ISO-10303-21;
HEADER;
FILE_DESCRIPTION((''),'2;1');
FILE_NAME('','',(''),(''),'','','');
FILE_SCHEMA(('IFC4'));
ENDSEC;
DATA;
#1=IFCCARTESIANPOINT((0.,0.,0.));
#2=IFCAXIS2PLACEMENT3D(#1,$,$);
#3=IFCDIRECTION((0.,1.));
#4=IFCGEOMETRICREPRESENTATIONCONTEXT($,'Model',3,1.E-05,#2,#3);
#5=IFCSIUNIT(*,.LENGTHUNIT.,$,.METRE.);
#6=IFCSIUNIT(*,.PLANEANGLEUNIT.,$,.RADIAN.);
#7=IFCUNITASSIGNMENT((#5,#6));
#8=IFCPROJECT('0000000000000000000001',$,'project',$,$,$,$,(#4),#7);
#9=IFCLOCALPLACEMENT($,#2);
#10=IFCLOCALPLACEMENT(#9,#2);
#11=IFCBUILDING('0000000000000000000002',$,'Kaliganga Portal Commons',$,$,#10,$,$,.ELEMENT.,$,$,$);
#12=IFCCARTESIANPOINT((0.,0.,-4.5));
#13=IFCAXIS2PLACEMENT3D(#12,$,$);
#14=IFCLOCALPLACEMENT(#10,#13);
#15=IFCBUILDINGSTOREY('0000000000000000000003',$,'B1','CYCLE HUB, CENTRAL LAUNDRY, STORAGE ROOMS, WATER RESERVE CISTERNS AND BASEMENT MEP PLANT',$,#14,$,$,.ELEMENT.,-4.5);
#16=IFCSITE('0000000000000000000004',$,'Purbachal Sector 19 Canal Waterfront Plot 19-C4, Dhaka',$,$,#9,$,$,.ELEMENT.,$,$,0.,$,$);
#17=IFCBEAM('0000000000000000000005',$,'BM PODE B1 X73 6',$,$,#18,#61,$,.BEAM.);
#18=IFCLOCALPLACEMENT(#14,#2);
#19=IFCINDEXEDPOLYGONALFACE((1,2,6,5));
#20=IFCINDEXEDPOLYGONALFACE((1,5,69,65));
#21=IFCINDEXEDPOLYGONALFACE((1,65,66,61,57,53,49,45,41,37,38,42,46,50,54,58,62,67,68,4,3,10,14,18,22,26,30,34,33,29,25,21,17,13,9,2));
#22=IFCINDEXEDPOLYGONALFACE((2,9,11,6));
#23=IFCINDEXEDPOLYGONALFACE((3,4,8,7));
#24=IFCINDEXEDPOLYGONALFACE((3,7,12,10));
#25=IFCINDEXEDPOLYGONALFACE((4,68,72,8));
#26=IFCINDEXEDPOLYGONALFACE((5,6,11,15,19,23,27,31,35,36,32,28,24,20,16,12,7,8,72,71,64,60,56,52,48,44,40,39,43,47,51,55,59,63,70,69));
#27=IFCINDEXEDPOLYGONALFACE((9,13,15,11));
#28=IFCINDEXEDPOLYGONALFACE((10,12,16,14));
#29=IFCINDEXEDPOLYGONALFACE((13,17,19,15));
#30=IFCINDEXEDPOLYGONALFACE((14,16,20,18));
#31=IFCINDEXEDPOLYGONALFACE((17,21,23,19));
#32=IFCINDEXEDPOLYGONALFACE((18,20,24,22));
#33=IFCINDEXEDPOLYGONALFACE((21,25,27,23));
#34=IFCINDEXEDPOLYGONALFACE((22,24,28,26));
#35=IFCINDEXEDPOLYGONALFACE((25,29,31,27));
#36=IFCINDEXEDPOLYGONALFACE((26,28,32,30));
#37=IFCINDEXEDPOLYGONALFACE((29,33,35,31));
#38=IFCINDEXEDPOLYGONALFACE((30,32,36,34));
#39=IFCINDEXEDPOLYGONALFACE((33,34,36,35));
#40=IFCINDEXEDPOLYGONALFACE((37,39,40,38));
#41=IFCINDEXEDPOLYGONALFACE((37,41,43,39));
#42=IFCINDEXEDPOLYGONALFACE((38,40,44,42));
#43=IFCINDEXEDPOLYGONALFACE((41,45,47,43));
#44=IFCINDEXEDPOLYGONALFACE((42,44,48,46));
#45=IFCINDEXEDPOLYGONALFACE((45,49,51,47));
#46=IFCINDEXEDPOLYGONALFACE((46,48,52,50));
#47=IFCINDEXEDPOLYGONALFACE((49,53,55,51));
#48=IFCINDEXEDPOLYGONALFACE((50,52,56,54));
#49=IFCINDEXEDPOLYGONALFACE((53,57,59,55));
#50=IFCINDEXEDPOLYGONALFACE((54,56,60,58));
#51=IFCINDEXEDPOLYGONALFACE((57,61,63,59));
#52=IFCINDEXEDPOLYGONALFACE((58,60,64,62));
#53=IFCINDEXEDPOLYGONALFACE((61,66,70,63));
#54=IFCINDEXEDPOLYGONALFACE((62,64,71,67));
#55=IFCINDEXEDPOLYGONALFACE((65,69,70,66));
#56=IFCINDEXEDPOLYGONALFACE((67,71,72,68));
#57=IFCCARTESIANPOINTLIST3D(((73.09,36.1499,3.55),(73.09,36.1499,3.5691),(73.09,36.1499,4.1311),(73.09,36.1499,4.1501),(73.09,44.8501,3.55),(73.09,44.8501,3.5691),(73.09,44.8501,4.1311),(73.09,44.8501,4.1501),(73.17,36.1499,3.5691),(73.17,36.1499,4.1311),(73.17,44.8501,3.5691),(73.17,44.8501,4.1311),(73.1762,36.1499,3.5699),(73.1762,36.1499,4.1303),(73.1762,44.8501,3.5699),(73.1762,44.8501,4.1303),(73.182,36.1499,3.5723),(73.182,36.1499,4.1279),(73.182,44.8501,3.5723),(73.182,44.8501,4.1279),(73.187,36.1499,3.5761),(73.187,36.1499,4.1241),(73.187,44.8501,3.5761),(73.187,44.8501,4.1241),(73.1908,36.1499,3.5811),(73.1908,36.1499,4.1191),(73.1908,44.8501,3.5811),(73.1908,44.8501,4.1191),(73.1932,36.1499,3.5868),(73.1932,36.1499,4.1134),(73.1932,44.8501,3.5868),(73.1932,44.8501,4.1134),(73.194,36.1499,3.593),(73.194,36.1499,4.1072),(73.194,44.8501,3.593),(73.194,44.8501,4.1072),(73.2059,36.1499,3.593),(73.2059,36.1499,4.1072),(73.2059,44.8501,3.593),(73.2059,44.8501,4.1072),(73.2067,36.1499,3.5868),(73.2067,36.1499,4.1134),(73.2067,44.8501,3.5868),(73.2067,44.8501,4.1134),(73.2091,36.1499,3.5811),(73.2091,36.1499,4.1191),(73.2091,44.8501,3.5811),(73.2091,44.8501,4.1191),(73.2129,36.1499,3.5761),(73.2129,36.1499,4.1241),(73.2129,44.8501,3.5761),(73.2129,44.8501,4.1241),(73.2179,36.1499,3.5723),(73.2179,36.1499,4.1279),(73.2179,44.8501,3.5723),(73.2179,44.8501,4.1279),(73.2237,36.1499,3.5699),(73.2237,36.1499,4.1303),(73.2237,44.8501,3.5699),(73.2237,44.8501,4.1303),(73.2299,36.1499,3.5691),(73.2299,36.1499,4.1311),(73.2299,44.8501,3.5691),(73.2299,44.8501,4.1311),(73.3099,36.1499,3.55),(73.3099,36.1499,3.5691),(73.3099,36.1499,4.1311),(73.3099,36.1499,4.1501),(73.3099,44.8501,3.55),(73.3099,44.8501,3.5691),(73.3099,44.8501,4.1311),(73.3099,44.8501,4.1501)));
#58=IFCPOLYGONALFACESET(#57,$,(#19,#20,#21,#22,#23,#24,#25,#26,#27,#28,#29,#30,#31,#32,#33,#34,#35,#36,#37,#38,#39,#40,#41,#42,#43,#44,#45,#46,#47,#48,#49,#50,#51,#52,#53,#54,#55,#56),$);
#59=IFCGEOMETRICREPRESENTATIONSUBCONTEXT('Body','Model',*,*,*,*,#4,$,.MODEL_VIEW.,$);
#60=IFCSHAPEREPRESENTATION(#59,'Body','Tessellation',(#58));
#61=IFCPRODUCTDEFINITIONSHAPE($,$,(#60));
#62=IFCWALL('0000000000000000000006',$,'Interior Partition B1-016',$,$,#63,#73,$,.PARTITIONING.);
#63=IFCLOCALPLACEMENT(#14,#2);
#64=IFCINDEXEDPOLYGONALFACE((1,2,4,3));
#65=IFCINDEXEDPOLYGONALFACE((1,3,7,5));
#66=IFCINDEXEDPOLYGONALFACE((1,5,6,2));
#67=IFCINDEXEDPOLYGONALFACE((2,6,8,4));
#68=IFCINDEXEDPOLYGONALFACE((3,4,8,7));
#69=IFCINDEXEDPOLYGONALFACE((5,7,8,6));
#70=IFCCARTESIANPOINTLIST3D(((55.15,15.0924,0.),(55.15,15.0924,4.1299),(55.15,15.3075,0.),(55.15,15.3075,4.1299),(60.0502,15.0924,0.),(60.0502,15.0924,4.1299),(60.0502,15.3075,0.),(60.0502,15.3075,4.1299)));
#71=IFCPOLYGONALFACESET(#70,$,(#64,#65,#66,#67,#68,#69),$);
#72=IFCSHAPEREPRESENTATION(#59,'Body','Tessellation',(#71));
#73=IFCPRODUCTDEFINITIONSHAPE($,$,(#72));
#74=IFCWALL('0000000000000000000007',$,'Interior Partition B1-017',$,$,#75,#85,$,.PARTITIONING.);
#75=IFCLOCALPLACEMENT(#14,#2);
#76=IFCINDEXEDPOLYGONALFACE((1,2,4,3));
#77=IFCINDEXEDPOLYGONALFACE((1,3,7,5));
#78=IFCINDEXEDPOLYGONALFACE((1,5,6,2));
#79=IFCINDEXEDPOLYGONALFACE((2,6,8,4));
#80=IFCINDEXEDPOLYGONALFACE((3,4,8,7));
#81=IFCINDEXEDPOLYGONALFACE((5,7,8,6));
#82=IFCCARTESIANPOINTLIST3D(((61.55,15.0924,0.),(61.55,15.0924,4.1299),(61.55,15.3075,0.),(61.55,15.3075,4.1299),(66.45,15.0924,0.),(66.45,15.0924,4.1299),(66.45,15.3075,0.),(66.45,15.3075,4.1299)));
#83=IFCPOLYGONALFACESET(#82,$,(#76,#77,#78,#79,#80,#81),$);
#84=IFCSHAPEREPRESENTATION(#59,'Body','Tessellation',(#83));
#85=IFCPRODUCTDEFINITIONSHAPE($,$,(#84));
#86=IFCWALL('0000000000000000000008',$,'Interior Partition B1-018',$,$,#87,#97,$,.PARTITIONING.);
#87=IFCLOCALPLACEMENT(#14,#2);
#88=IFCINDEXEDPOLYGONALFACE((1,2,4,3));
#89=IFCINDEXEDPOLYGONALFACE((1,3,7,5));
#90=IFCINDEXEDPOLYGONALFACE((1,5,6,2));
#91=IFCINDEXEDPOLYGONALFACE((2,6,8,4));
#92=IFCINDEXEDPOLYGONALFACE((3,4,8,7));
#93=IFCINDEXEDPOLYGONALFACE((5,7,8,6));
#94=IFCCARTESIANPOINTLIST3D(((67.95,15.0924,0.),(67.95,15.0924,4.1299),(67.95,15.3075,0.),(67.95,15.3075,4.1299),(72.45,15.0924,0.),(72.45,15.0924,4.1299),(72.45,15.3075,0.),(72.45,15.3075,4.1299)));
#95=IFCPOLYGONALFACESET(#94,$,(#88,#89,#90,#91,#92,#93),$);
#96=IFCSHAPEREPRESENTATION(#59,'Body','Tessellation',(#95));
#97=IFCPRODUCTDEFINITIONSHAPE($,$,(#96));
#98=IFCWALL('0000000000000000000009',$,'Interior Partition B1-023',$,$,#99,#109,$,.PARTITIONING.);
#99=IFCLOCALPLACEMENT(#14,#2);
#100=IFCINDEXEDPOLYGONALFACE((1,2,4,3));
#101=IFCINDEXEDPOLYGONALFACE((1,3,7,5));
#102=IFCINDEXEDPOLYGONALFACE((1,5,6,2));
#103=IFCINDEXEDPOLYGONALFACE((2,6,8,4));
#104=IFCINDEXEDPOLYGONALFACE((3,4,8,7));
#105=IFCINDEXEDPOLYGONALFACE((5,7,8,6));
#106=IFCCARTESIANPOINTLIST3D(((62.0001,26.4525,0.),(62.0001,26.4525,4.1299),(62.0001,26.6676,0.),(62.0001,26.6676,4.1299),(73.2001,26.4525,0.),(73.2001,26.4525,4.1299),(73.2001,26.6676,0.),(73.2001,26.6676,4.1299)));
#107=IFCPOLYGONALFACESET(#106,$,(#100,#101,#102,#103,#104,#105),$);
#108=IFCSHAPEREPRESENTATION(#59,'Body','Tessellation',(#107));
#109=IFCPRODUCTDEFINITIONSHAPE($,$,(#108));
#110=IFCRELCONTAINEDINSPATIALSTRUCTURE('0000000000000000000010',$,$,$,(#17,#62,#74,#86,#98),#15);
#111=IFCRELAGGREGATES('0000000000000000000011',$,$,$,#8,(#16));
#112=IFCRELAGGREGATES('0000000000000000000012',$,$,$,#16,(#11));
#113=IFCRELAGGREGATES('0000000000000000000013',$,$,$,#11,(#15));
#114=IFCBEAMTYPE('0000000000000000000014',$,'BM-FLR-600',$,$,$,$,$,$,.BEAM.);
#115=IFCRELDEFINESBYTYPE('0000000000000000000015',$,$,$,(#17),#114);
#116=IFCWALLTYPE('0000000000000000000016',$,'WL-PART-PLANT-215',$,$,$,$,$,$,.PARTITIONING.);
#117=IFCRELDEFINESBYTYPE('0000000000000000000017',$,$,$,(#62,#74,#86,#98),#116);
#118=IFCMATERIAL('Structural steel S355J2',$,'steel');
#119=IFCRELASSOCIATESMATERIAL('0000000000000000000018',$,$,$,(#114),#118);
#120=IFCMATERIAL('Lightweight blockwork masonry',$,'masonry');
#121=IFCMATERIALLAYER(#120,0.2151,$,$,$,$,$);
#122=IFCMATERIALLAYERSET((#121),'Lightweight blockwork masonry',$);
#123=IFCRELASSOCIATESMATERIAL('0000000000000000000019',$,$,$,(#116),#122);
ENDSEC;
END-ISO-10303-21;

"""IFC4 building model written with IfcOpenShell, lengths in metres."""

from ifc_helpers import new_model, si_unit, direction, frame, frame_2d, origin, origin_2d, place, context, subcontext, project, spatial, rectangle, i_section, extrude, source, transform, mapped, material, layer, layer_set, material_profile, profile_set, type_object, element, save


model = new_model("IFC4")

# Units and contexts
model_context = context("Model", 3, precision=1e-05, world=origin(), true_north=direction((0.0, 1.0)))
body_context = subcontext(model_context, "Body", "Model", "MODEL_VIEW")
ifc_project = project(units=[si_unit("LENGTHUNIT", "METRE"), si_unit("PLANEANGLEUNIT", "RADIAN")], contexts=[model_context])

# Site, building, storey
site_placement = place(None, origin())
site = spatial("IfcSite", under=ifc_project, at=site_placement, Name="Purbachal Sector 19 Canal Waterfront Plot 19-C4, Dhaka", CompositionType="ELEMENT", RefElevation=0.0)
building_placement = place(site_placement, origin())
building = spatial("IfcBuilding", under=site, at=building_placement, Name="Kaliganga Portal Commons", CompositionType="ELEMENT")
storey_placement = place(building_placement, frame((0.0, 0.0, -4.5)))
storey = spatial("IfcBuildingStorey", under=building, at=storey_placement, Name="B1", Description="CYCLE HUB, CENTRAL LAUNDRY, STORAGE ROOMS, WATER RESERVE CISTERNS AND BASEMENT MEP PLANT", CompositionType="ELEMENT", Elevation=-4.5)

# Beam
ifc_material_1 = material(Name="Structural steel S355J2", Category="steel")
ifc_material_profile_1 = material_profile(ifc_material_1, i_section(OverallWidth=0.22, OverallDepth=0.6001, WebThickness=0.012, FlangeThickness=0.019, FilletRadius=0.0239, at=origin_2d()), Name="IPE 600")
ifc_profile_set_1 = profile_set([ifc_material_profile_1], Name="Structural steel S355J2 wide-flange")
beam_type_1 = type_object("IfcBeamType", Name="BM-FLR-600", PredefinedType="BEAM", material=ifc_profile_set_1)
shared_shape_1 = source(origin(), body_context, "Body", "SweptSolid", [
    extrude(i_section(OverallWidth=0.22, OverallDepth=0.6001, WebThickness=0.012, FlangeThickness=0.019, FilletRadius=0.0239, at=origin_2d()), origin(), (0.0, 0.0, 1.0), 8.7002),
])
for number, where, z_axis, x_axis, name in (
    (1, (73.2, 36.1499, 3.8501), (0.0, 1.0, 0.0), (-1.0, 0.0, 0.0), "BM PODE B1 X73 6"),
):
    element("IfcBeam", number, at=place(storey_placement, frame(where, z_axis=z_axis, x_axis=x_axis)), inside=storey, type_object=beam_type_1, Name=name, PredefinedType="BEAM", context=body_context, shape_type="MappedRepresentation", body=[
        mapped(shared_shape_1, transform((0.0, 0.0, 0.0), x_axis=(1.0, 0.0, 0.0), y_axis=(0.0, 1.0, 0.0), z_axis=(0.0, 0.0, 1.0), scale=1.0)),
    ])

# Walls
ifc_material_2 = material(Name="Lightweight blockwork masonry", Category="masonry")
ifc_layer = layer(ifc_material_2, 0.2151)
ifc_layer_set = layer_set([ifc_layer], Name="Lightweight blockwork masonry")
wall_type = type_object("IfcWallType", Name="WL-PART-PLANT-215", PredefinedType="PARTITIONING", material=ifc_layer_set)
wall_1_placement = place(storey_placement, frame((55.1499, 15.2, 0.0), z_axis=(0.0, 0.0, 1.0), x_axis=(1.0, 0.0, 0.0)))
element("IfcWall", 2, at=wall_1_placement, inside=storey, type_object=wall_type, Name="Interior Partition B1-016", PredefinedType="PARTITIONING", context=body_context, shape_type="SweptSolid", body=[
    extrude(rectangle(XDim=4.9001, YDim=0.2151, at=frame_2d((2.4502, 0.0))), origin(), (0.0, 0.0, 1.0), 4.1299),
])
wall_2_placement = place(storey_placement, frame((61.55, 15.2, 0.0), z_axis=(0.0, 0.0, 1.0), x_axis=(1.0, 0.0, 0.0)))
element("IfcWall", 3, at=wall_2_placement, inside=storey, type_object=wall_type, Name="Interior Partition B1-017", PredefinedType="PARTITIONING", context=body_context, shape_type="SweptSolid", body=[
    extrude(rectangle(XDim=4.8999, YDim=0.2151, at=frame_2d((2.45, 0.0))), origin(), (0.0, 0.0, 1.0), 4.1299),
])
wall_3_placement = place(storey_placement, frame((67.95, 15.2, 0.0), z_axis=(0.0, 0.0, 1.0), x_axis=(1.0, 0.0, 0.0)))
element("IfcWall", 4, at=wall_3_placement, inside=storey, type_object=wall_type, Name="Interior Partition B1-018", PredefinedType="PARTITIONING", context=body_context, shape_type="SweptSolid", body=[
    extrude(rectangle(XDim=4.5, YDim=0.2151, at=frame_2d((2.25, 0.0))), origin(), (0.0, 0.0, 1.0), 4.1299),
])
wall_4_placement = place(storey_placement, frame((62.0, 26.5601, 0.0), z_axis=(0.0, 0.0, 1.0), x_axis=(1.0, 0.0, 0.0)))
element("IfcWall", 5, at=wall_4_placement, inside=storey, type_object=wall_type, Name="Interior Partition B1-023", PredefinedType="PARTITIONING", context=body_context, shape_type="SweptSolid", body=[
    extrude(rectangle(XDim=11.2, YDim=0.2151, at=frame_2d((5.6001, 0.0))), origin(), (0.0, 0.0, 1.0), 4.1299),
])

save(model, "model.ifc")
